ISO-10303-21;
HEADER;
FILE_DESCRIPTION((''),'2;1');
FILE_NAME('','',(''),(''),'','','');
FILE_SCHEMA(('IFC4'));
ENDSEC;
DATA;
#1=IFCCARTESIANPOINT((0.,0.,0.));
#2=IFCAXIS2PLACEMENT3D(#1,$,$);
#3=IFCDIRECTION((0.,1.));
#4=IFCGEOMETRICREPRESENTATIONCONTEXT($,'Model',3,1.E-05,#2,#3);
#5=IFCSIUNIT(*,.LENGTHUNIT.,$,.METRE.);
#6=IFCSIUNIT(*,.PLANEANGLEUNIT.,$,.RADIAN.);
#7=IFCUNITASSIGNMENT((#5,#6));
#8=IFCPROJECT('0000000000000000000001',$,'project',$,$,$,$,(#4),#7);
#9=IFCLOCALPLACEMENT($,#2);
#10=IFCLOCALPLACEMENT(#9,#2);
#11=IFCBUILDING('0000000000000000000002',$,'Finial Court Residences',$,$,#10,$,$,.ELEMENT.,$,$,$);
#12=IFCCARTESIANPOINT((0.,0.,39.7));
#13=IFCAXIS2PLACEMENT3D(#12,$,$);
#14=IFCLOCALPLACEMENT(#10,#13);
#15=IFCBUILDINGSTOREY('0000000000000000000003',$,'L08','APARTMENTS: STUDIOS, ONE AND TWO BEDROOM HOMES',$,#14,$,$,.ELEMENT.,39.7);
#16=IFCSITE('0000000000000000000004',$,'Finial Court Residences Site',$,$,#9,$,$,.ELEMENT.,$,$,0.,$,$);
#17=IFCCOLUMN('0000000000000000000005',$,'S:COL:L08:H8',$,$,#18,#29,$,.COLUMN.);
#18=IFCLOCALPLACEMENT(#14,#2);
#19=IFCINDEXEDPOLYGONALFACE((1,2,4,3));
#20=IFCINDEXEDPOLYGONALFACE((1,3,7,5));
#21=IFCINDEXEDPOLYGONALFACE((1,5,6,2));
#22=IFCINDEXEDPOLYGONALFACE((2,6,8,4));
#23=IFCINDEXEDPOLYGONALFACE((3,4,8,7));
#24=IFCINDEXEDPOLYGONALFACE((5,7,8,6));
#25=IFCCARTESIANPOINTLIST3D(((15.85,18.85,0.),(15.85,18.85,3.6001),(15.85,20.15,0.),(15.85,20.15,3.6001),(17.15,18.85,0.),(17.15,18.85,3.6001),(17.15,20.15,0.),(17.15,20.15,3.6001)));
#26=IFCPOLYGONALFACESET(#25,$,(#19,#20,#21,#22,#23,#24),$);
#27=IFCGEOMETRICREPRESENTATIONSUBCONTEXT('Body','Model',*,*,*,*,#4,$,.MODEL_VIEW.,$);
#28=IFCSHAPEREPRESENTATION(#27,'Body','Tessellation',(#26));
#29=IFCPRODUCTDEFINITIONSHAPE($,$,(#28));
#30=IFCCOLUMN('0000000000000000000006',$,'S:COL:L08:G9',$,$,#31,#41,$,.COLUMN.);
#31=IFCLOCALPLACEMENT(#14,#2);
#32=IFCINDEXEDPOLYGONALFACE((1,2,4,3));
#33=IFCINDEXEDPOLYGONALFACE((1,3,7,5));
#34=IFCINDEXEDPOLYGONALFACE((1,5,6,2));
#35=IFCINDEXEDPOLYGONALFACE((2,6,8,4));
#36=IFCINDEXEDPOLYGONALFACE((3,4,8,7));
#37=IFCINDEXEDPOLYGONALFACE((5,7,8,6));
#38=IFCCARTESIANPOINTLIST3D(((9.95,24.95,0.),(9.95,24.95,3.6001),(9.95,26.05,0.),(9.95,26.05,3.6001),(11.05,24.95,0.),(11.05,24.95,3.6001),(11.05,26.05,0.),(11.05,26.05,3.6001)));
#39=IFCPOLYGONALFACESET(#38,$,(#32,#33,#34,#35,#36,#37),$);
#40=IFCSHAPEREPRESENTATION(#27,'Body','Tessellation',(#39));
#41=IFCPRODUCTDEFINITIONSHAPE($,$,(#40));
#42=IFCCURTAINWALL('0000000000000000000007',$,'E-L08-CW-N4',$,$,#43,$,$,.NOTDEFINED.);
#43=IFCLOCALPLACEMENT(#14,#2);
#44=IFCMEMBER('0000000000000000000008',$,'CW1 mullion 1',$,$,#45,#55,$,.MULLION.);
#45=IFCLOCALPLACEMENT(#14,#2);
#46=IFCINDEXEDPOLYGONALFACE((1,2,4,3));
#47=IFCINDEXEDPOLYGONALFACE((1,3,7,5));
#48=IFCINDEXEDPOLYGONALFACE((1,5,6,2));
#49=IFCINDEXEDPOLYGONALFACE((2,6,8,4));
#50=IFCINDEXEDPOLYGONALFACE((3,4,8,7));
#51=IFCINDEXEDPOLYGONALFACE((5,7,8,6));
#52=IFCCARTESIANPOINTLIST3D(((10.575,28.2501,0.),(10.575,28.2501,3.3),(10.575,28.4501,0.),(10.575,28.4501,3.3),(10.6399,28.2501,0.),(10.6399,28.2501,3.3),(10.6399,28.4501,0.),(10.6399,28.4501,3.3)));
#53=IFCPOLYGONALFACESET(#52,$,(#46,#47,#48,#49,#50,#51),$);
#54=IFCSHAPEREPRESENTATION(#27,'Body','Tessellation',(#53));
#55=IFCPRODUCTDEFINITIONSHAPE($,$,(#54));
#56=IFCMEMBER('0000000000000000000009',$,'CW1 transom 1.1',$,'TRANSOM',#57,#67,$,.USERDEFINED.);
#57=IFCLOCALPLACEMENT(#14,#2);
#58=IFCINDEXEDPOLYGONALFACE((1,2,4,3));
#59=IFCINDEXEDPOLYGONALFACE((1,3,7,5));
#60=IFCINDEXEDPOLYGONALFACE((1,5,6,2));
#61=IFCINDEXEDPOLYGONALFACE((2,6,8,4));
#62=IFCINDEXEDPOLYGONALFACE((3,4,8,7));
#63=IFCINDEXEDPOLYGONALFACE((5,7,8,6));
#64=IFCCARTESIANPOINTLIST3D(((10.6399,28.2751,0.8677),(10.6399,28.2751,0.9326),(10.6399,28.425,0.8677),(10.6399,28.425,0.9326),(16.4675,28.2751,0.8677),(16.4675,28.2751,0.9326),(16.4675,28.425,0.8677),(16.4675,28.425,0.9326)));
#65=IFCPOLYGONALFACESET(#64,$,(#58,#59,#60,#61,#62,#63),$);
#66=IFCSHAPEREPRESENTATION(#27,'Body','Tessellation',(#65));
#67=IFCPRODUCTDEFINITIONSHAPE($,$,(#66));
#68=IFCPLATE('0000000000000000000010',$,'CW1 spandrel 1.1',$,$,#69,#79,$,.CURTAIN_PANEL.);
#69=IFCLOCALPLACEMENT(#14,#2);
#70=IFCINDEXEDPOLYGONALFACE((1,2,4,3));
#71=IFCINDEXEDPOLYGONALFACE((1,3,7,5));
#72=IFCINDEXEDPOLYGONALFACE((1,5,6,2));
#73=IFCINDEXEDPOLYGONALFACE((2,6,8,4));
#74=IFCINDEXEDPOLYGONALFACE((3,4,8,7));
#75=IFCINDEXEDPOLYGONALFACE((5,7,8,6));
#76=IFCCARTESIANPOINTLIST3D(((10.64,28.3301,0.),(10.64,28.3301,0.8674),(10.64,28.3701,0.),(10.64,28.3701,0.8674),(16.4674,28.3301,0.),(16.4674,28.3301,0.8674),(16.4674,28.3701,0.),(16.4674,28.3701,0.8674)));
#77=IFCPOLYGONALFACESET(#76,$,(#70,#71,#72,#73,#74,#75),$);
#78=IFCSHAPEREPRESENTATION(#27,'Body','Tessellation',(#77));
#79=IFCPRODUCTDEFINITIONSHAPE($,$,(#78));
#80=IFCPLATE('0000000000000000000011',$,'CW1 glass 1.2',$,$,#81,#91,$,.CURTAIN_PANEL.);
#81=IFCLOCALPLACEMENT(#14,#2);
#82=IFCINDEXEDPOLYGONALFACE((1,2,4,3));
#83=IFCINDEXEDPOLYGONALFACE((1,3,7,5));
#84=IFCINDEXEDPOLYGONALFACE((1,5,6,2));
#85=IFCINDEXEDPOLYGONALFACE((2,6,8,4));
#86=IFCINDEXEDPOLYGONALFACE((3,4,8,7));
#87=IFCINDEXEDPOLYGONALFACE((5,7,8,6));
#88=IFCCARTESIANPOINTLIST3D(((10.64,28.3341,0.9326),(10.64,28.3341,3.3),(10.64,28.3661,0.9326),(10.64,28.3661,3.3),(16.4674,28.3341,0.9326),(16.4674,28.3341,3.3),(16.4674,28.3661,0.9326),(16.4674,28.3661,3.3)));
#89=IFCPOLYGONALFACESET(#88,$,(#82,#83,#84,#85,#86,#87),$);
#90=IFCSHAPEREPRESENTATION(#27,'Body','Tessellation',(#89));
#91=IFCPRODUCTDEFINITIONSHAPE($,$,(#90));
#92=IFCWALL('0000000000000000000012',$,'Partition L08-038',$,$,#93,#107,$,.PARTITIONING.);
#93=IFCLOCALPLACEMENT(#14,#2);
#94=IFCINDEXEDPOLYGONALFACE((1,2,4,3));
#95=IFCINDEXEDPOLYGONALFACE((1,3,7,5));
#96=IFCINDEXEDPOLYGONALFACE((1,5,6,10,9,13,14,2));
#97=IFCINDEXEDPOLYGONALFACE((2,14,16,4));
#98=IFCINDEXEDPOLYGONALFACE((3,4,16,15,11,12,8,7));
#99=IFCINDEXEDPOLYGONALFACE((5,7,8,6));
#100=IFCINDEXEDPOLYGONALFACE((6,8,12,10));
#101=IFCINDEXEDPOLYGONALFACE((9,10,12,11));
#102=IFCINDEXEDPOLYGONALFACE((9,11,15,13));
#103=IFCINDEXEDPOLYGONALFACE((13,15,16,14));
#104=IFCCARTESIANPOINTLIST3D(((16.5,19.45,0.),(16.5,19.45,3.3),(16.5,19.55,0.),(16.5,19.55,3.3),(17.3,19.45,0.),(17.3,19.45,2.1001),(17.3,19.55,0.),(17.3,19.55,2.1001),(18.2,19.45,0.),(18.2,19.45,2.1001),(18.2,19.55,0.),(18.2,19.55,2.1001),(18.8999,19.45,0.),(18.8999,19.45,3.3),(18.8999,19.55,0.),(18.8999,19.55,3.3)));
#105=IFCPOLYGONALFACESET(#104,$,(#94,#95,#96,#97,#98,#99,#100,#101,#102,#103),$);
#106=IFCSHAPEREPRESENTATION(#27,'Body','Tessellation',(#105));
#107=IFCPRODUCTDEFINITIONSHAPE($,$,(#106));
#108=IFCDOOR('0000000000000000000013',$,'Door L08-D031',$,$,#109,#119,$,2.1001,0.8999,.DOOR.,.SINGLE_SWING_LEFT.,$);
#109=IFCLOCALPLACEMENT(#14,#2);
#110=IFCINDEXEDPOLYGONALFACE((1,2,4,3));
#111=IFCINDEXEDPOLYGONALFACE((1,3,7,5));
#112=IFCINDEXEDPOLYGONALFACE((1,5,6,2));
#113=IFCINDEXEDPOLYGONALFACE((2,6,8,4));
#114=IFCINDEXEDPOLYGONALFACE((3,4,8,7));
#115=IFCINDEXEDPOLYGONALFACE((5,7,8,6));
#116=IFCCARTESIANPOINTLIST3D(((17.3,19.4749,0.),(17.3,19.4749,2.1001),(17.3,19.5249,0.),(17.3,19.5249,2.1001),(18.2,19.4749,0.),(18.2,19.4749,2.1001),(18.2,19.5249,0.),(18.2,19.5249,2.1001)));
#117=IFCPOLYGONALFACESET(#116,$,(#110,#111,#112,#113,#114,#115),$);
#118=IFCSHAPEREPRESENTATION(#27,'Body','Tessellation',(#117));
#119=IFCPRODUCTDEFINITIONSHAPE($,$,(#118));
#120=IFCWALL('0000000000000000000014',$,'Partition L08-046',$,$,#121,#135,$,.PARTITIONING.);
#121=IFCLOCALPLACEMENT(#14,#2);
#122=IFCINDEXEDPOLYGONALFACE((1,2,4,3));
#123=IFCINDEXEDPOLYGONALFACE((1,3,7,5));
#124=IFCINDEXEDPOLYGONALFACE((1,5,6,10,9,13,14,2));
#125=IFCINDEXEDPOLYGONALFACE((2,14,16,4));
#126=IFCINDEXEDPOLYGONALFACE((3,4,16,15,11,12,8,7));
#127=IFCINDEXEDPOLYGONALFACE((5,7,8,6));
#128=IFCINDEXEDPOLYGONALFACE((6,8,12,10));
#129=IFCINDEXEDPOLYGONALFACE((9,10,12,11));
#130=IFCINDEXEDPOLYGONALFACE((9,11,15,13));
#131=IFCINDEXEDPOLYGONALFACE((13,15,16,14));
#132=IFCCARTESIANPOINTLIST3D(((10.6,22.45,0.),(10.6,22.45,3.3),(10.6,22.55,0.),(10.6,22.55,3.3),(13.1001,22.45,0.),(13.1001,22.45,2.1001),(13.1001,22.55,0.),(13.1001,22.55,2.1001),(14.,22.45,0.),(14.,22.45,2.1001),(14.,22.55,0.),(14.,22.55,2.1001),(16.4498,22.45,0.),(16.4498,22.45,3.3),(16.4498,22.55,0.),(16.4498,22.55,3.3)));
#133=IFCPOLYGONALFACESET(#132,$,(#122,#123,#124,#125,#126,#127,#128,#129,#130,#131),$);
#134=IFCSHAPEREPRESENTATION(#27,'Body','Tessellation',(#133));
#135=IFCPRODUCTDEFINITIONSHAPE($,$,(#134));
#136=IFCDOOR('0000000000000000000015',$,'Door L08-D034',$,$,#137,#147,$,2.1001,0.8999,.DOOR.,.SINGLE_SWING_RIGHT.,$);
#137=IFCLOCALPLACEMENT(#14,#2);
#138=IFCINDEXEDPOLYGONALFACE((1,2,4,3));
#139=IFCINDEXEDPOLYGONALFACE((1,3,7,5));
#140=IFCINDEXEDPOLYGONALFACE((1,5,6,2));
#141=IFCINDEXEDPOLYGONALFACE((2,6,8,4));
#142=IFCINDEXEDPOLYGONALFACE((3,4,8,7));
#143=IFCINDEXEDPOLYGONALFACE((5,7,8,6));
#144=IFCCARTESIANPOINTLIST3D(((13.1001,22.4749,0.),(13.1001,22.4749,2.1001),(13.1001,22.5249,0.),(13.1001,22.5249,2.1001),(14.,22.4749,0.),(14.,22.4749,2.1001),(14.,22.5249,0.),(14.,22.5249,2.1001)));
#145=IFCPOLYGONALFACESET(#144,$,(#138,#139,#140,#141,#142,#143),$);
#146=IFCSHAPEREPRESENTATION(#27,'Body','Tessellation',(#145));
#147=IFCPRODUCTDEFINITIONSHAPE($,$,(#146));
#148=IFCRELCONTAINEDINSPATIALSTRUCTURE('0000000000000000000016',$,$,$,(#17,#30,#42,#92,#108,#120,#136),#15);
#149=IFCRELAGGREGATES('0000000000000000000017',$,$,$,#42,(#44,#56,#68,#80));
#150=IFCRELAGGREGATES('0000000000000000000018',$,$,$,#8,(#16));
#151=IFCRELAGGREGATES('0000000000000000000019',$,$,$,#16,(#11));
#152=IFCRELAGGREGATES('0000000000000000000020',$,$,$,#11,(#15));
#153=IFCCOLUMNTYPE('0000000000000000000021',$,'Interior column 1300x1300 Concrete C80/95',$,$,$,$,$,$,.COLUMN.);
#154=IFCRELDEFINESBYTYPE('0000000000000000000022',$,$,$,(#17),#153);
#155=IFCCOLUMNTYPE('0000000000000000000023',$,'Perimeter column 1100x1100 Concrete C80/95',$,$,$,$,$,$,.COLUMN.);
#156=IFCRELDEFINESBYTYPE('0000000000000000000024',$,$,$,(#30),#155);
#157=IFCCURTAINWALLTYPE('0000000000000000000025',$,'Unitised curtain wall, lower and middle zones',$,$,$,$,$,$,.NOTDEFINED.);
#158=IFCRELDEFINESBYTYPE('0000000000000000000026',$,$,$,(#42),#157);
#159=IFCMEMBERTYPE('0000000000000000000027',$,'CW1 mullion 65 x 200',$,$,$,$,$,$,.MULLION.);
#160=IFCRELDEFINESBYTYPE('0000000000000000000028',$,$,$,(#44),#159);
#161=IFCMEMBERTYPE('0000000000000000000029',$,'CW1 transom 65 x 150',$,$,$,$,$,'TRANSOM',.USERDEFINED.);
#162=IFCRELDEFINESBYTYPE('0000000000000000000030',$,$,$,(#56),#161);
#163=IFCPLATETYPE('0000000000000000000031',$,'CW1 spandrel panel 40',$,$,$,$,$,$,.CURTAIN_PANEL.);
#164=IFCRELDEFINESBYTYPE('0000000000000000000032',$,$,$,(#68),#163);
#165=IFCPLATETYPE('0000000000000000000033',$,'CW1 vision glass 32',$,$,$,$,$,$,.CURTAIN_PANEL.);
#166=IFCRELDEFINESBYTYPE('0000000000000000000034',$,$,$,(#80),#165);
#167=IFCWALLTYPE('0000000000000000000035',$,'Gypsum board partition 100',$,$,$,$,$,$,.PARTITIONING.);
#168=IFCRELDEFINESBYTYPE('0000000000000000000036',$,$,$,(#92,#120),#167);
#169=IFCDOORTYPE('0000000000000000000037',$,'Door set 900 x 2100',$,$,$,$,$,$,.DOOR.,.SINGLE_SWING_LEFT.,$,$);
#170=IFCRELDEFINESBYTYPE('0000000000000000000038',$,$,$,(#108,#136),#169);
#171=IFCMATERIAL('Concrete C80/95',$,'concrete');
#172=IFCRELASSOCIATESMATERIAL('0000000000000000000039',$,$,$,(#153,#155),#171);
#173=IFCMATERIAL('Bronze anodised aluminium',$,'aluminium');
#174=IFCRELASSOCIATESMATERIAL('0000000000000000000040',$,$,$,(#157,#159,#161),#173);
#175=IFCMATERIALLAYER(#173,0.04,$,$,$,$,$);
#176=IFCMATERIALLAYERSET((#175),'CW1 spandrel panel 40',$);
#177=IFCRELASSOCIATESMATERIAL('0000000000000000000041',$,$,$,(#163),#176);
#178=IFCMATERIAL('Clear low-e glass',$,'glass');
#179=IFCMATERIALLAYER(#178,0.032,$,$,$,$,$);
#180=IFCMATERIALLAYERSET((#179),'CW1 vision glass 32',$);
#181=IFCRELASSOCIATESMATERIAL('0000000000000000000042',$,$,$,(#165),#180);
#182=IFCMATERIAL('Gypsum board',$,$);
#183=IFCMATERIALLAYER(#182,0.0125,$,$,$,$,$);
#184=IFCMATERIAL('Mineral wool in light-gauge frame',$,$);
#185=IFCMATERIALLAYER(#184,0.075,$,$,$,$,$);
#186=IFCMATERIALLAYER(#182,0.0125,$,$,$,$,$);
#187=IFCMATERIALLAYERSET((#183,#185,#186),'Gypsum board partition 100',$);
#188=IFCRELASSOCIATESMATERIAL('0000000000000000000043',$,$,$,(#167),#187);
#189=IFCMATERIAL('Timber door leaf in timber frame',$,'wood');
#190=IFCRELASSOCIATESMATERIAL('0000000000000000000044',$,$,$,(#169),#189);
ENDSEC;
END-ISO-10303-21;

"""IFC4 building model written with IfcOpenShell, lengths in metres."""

from ifc_helpers import new_model, si_unit, direction, frame, frame_2d, origin, origin_2d, place, context, subcontext, project, spatial, rectangle, extrude, material, layer, layer_set, material_profile, profile_set, type_object, element, fill, aggregate, save


model = new_model("IFC4")

# Units and contexts
model_context = context("Model", 3, precision=1e-05, world=origin(), true_north=direction((0.0, 1.0)))
body_context = subcontext(model_context, "Body", "Model", "MODEL_VIEW")
ifc_project = project(units=[si_unit("LENGTHUNIT", "METRE"), si_unit("PLANEANGLEUNIT", "RADIAN")], contexts=[model_context])

# Site, building, storey
site_placement = place(None, origin())
site = spatial("IfcSite", under=ifc_project, at=site_placement, Name="Finial Court Residences Site", CompositionType="ELEMENT", RefElevation=0.0)
building_placement = place(site_placement, origin())
building = spatial("IfcBuilding", under=site, at=building_placement, Name="Finial Court Residences", CompositionType="ELEMENT")
storey_placement = place(building_placement, frame((0.0, 0.0, 39.7)))
storey = spatial("IfcBuildingStorey", under=building, at=storey_placement, Name="L08", Description="APARTMENTS: STUDIOS, ONE AND TWO BEDROOM HOMES", CompositionType="ELEMENT", Elevation=39.7)

# Columns
ifc_material_1 = material(Name="Concrete C80/95", Category="concrete")
ifc_material_profile_1 = material_profile(ifc_material_1, rectangle(XDim=1.3, YDim=1.3, at=origin_2d()), Name="1300x1300")
ifc_profile_set_1 = profile_set([ifc_material_profile_1], Name="Concrete C80/95")
column_type_1 = type_object("IfcColumnType", Name="Interior column 1300x1300 Concrete C80/95", PredefinedType="COLUMN", material=ifc_profile_set_1)
column_1_placement = place(storey_placement, frame((16.5, 19.5, 0.0), z_axis=(0.0, 0.0, 1.0), x_axis=(1.0, 0.0, 0.0)))
element("IfcColumn", 1, at=column_1_placement, inside=storey, type_object=column_type_1, Name="S:COL:L08:H8", PredefinedType="COLUMN", context=body_context, shape_type="SweptSolid", body=[
    extrude(rectangle(XDim=1.3, YDim=1.3, at=origin_2d()), origin(), (0.0, 0.0, 1.0), 3.6001),
])
ifc_material_profile_2 = material_profile(ifc_material_1, rectangle(XDim=1.1001, YDim=1.1001, at=origin_2d()), Name="1100x1100")
ifc_profile_set_2 = profile_set([ifc_material_profile_2], Name="Concrete C80/95")
column_type_2 = type_object("IfcColumnType", Name="Perimeter column 1100x1100 Concrete C80/95", PredefinedType="COLUMN", material=ifc_profile_set_2)
column_2_placement = place(storey_placement, frame((10.5, 25.5, 0.0), z_axis=(0.0, 0.0, 1.0), x_axis=(1.0, 0.0, 0.0)))
element("IfcColumn", 2, at=column_2_placement, inside=storey, type_object=column_type_2, Name="S:COL:L08:G9", PredefinedType="COLUMN", context=body_context, shape_type="SweptSolid", body=[
    extrude(rectangle(XDim=1.1001, YDim=1.1001, at=origin_2d()), origin(), (0.0, 0.0, 1.0), 3.6001),
])

# Curtain wall, members, plates
ifc_material_2 = material(Name="Bronze anodised aluminium", Category="aluminium")
curtain_wall_type = type_object("IfcCurtainWallType", Name="Unitised curtain wall, lower and middle zones", PredefinedType="NOTDEFINED", material=ifc_material_2)
curtain_wall_placement = place(storey_placement, origin())
curtain_wall = element("IfcCurtainWall", 3, at=curtain_wall_placement, inside=storey, type_object=curtain_wall_type, Name="E-L08-CW-N4", PredefinedType="NOTDEFINED")
ifc_material_profile_3 = material_profile(ifc_material_2, rectangle(XDim=0.2, YDim=0.0649, at=origin_2d()), Name="CW1 mullion 65 x 200")
ifc_profile_set_3 = profile_set([ifc_material_profile_3], Name="Bronze anodised aluminium")
member_type_1 = type_object("IfcMemberType", Name="CW1 mullion 65 x 200", PredefinedType="MULLION", material=ifc_profile_set_3)
member_1_placement = place(storey_placement, frame((10.6074, 28.3501, 0.0), z_axis=(0.0, 0.0, 1.0), x_axis=(0.0, 1.0, 0.0)))
member_1 = element("IfcMember", 4, at=member_1_placement, type_object=member_type_1, Name="CW1 mullion 1", PredefinedType="MULLION", context=body_context, shape_type="SweptSolid", body=[
    extrude(rectangle(XDim=0.2, YDim=0.0649, at=origin_2d()), origin(), (0.0, 0.0, 1.0), 3.3),
])
ifc_material_profile_4 = material_profile(ifc_material_2, rectangle(XDim=0.1499, YDim=0.0649, at=origin_2d()), Name="CW1 transom 65 x 150")
ifc_profile_set_4 = profile_set([ifc_material_profile_4], Name="Bronze anodised aluminium")
member_type_2 = type_object("IfcMemberType", Name="CW1 transom 65 x 150", ElementType="TRANSOM", PredefinedType="USERDEFINED", material=ifc_profile_set_4)
member_2_placement = place(storey_placement, frame((10.6399, 28.3501, 0.9001), z_axis=(1.0, 0.0, 0.0), x_axis=(0.0, 1.0, 0.0)))
member_2 = element("IfcMember", 5, at=member_2_placement, type_object=member_type_2, Name="CW1 transom 1.1", ObjectType="TRANSOM", PredefinedType="USERDEFINED", context=body_context, shape_type="SweptSolid", body=[
    extrude(rectangle(XDim=0.1499, YDim=0.0649, at=origin_2d()), origin(), (0.0, 0.0, 1.0), 5.8276),
])
ifc_layer_1 = layer(ifc_material_2, 0.04)
ifc_layer_set_1 = layer_set([ifc_layer_1], Name="CW1 spandrel panel 40")
plate_type_1 = type_object("IfcPlateType", Name="CW1 spandrel panel 40", PredefinedType="CURTAIN_PANEL", material=ifc_layer_set_1)
plate_1_placement = place(storey_placement, frame((13.5537, 28.3501, 0.0), z_axis=(0.0, 0.0, 1.0), x_axis=(1.0, 0.0, 0.0)))
plate_1 = element("IfcPlate", 6, at=plate_1_placement, type_object=plate_type_1, Name="CW1 spandrel 1.1", PredefinedType="CURTAIN_PANEL", context=body_context, shape_type="SweptSolid", body=[
    extrude(rectangle(XDim=5.8274, YDim=0.04, at=origin_2d()), origin(), (0.0, 0.0, 1.0), 0.8674),
])
ifc_material_3 = material(Name="Clear low-e glass", Category="glass")
ifc_layer_2 = layer(ifc_material_3, 0.032)
ifc_layer_set_2 = layer_set([ifc_layer_2], Name="CW1 vision glass 32")
plate_type_2 = type_object("IfcPlateType", Name="CW1 vision glass 32", PredefinedType="CURTAIN_PANEL", material=ifc_layer_set_2)
plate_2_placement = place(storey_placement, frame((13.5537, 28.3501, 0.9326), z_axis=(0.0, 0.0, 1.0), x_axis=(1.0, 0.0, 0.0)))
plate_2 = element("IfcPlate", 7, at=plate_2_placement, type_object=plate_type_2, Name="CW1 glass 1.2", PredefinedType="CURTAIN_PANEL", context=body_context, shape_type="SweptSolid", body=[
    extrude(rectangle(XDim=5.8274, YDim=0.032, at=origin_2d()), origin(), (0.0, 0.0, 1.0), 2.3674),
])
aggregate(curtain_wall, [member_1, member_2, plate_1, plate_2])

# Walls, openings, doors
ifc_material_4 = material(Name="Gypsum board")
ifc_layer_3 = layer(ifc_material_4, 0.0125)
ifc_material_5 = material(Name="Mineral wool in light-gauge frame")
ifc_layer_4 = layer(ifc_material_5, 0.075)
ifc_layer_5 = layer(ifc_material_4, 0.0125)
ifc_layer_set_3 = layer_set([ifc_layer_3, ifc_layer_4, ifc_layer_5], Name="Gypsum board partition 100")
wall_type_1 = type_object("IfcWallType", Name="Gypsum board partition 100", PredefinedType="PARTITIONING", material=ifc_layer_set_3)
wall_1_placement = place(storey_placement, frame((16.5, 19.5, 0.0), z_axis=(0.0, 0.0, 1.0), x_axis=(1.0, 0.0, 0.0)))
wall_1 = element("IfcWall", 8, at=wall_1_placement, inside=storey, type_object=wall_type_1, Name="Partition L08-038", PredefinedType="PARTITIONING", context=body_context, shape_type="SweptSolid", body=[
    extrude(rectangle(XDim=2.3999, YDim=0.1001, at=frame_2d((1.2, 0.0))), origin(), (0.0, 0.0, 1.0), 3.3),
])
opening_1_placement = place(wall_1_placement, frame((0.8, 0.0, 0.0)))
opening_1 = element("IfcOpeningElement", 9, at=opening_1_placement, cuts=wall_1, PredefinedType="OPENING", context=body_context, shape_type="SweptSolid", body=[
    extrude(rectangle(XDim=0.8999, YDim=2.1001, at=frame_2d((0.45, 1.05))), frame((0.0, 0.0601, 0.0), z_axis=(0.0, -1.0, 0.0), x_axis=(1.0, 0.0, 0.0)), (0.0, 0.0, 1.0), 0.1201),
])
ifc_material_6 = material(Name="Timber door leaf in timber frame", Category="wood")
door_type = type_object("IfcDoorType", Name="Door set 900 x 2100", OperationType="SINGLE_SWING_LEFT", PredefinedType="DOOR", material=ifc_material_6)
door_1_placement = place(opening_1_placement, origin())
door_1 = element("IfcDoor", 10, at=door_1_placement, inside=storey, type_object=door_type, Name="Door L08-D031", OperationType="SINGLE_SWING_LEFT", OverallHeight=2.1001, OverallWidth=0.8999, PredefinedType="DOOR", context=body_context, shape_type="SweptSolid", body=[
    extrude(rectangle(XDim=0.8999, YDim=2.1001, at=frame_2d((0.45, 1.05))), frame((0.0, 0.0249, 0.0), z_axis=(0.0, -1.0, 0.0), x_axis=(1.0, 0.0, 0.0)), (0.0, 0.0, 1.0), 0.05),
])
fill(opening_1, door_1)
wall_2_placement = place(storey_placement, frame((10.6001, 22.5, 0.0), z_axis=(0.0, 0.0, 1.0), x_axis=(1.0, 0.0, 0.0)))
wall_2 = element("IfcWall", 11, at=wall_2_placement, inside=storey, type_object=wall_type_1, Name="Partition L08-046", PredefinedType="PARTITIONING", context=body_context, shape_type="SweptSolid", body=[
    extrude(rectangle(XDim=5.8499, YDim=0.1001, at=frame_2d((2.9248, 0.0))), origin(), (0.0, 0.0, 1.0), 3.3),
])
opening_2_placement = place(wall_2_placement, frame((2.5, 0.0, 0.0)))
opening_2 = element("IfcOpeningElement", 12, at=opening_2_placement, cuts=wall_2, PredefinedType="OPENING", context=body_context, shape_type="SweptSolid", body=[
    extrude(rectangle(XDim=0.8999, YDim=2.1001, at=frame_2d((0.45, 1.05))), frame((0.0, 0.0601, 0.0), z_axis=(0.0, -1.0, 0.0), x_axis=(1.0, 0.0, 0.0)), (0.0, 0.0, 1.0), 0.1201),
])
door_2_placement = place(opening_2_placement, origin())
door_2 = element("IfcDoor", 13, at=door_2_placement, inside=storey, type_object=door_type, Name="Door L08-D034", OperationType="SINGLE_SWING_RIGHT", OverallHeight=2.1001, OverallWidth=0.8999, PredefinedType="DOOR", context=body_context, shape_type="SweptSolid", body=[
    extrude(rectangle(XDim=0.8999, YDim=2.1001, at=frame_2d((0.45, 1.05))), frame((0.0, 0.0249, 0.0), z_axis=(0.0, -1.0, 0.0), x_axis=(1.0, 0.0, 0.0)), (0.0, 0.0, 1.0), 0.05),
])
fill(opening_2, door_2)

save(model, "model.ifc")
